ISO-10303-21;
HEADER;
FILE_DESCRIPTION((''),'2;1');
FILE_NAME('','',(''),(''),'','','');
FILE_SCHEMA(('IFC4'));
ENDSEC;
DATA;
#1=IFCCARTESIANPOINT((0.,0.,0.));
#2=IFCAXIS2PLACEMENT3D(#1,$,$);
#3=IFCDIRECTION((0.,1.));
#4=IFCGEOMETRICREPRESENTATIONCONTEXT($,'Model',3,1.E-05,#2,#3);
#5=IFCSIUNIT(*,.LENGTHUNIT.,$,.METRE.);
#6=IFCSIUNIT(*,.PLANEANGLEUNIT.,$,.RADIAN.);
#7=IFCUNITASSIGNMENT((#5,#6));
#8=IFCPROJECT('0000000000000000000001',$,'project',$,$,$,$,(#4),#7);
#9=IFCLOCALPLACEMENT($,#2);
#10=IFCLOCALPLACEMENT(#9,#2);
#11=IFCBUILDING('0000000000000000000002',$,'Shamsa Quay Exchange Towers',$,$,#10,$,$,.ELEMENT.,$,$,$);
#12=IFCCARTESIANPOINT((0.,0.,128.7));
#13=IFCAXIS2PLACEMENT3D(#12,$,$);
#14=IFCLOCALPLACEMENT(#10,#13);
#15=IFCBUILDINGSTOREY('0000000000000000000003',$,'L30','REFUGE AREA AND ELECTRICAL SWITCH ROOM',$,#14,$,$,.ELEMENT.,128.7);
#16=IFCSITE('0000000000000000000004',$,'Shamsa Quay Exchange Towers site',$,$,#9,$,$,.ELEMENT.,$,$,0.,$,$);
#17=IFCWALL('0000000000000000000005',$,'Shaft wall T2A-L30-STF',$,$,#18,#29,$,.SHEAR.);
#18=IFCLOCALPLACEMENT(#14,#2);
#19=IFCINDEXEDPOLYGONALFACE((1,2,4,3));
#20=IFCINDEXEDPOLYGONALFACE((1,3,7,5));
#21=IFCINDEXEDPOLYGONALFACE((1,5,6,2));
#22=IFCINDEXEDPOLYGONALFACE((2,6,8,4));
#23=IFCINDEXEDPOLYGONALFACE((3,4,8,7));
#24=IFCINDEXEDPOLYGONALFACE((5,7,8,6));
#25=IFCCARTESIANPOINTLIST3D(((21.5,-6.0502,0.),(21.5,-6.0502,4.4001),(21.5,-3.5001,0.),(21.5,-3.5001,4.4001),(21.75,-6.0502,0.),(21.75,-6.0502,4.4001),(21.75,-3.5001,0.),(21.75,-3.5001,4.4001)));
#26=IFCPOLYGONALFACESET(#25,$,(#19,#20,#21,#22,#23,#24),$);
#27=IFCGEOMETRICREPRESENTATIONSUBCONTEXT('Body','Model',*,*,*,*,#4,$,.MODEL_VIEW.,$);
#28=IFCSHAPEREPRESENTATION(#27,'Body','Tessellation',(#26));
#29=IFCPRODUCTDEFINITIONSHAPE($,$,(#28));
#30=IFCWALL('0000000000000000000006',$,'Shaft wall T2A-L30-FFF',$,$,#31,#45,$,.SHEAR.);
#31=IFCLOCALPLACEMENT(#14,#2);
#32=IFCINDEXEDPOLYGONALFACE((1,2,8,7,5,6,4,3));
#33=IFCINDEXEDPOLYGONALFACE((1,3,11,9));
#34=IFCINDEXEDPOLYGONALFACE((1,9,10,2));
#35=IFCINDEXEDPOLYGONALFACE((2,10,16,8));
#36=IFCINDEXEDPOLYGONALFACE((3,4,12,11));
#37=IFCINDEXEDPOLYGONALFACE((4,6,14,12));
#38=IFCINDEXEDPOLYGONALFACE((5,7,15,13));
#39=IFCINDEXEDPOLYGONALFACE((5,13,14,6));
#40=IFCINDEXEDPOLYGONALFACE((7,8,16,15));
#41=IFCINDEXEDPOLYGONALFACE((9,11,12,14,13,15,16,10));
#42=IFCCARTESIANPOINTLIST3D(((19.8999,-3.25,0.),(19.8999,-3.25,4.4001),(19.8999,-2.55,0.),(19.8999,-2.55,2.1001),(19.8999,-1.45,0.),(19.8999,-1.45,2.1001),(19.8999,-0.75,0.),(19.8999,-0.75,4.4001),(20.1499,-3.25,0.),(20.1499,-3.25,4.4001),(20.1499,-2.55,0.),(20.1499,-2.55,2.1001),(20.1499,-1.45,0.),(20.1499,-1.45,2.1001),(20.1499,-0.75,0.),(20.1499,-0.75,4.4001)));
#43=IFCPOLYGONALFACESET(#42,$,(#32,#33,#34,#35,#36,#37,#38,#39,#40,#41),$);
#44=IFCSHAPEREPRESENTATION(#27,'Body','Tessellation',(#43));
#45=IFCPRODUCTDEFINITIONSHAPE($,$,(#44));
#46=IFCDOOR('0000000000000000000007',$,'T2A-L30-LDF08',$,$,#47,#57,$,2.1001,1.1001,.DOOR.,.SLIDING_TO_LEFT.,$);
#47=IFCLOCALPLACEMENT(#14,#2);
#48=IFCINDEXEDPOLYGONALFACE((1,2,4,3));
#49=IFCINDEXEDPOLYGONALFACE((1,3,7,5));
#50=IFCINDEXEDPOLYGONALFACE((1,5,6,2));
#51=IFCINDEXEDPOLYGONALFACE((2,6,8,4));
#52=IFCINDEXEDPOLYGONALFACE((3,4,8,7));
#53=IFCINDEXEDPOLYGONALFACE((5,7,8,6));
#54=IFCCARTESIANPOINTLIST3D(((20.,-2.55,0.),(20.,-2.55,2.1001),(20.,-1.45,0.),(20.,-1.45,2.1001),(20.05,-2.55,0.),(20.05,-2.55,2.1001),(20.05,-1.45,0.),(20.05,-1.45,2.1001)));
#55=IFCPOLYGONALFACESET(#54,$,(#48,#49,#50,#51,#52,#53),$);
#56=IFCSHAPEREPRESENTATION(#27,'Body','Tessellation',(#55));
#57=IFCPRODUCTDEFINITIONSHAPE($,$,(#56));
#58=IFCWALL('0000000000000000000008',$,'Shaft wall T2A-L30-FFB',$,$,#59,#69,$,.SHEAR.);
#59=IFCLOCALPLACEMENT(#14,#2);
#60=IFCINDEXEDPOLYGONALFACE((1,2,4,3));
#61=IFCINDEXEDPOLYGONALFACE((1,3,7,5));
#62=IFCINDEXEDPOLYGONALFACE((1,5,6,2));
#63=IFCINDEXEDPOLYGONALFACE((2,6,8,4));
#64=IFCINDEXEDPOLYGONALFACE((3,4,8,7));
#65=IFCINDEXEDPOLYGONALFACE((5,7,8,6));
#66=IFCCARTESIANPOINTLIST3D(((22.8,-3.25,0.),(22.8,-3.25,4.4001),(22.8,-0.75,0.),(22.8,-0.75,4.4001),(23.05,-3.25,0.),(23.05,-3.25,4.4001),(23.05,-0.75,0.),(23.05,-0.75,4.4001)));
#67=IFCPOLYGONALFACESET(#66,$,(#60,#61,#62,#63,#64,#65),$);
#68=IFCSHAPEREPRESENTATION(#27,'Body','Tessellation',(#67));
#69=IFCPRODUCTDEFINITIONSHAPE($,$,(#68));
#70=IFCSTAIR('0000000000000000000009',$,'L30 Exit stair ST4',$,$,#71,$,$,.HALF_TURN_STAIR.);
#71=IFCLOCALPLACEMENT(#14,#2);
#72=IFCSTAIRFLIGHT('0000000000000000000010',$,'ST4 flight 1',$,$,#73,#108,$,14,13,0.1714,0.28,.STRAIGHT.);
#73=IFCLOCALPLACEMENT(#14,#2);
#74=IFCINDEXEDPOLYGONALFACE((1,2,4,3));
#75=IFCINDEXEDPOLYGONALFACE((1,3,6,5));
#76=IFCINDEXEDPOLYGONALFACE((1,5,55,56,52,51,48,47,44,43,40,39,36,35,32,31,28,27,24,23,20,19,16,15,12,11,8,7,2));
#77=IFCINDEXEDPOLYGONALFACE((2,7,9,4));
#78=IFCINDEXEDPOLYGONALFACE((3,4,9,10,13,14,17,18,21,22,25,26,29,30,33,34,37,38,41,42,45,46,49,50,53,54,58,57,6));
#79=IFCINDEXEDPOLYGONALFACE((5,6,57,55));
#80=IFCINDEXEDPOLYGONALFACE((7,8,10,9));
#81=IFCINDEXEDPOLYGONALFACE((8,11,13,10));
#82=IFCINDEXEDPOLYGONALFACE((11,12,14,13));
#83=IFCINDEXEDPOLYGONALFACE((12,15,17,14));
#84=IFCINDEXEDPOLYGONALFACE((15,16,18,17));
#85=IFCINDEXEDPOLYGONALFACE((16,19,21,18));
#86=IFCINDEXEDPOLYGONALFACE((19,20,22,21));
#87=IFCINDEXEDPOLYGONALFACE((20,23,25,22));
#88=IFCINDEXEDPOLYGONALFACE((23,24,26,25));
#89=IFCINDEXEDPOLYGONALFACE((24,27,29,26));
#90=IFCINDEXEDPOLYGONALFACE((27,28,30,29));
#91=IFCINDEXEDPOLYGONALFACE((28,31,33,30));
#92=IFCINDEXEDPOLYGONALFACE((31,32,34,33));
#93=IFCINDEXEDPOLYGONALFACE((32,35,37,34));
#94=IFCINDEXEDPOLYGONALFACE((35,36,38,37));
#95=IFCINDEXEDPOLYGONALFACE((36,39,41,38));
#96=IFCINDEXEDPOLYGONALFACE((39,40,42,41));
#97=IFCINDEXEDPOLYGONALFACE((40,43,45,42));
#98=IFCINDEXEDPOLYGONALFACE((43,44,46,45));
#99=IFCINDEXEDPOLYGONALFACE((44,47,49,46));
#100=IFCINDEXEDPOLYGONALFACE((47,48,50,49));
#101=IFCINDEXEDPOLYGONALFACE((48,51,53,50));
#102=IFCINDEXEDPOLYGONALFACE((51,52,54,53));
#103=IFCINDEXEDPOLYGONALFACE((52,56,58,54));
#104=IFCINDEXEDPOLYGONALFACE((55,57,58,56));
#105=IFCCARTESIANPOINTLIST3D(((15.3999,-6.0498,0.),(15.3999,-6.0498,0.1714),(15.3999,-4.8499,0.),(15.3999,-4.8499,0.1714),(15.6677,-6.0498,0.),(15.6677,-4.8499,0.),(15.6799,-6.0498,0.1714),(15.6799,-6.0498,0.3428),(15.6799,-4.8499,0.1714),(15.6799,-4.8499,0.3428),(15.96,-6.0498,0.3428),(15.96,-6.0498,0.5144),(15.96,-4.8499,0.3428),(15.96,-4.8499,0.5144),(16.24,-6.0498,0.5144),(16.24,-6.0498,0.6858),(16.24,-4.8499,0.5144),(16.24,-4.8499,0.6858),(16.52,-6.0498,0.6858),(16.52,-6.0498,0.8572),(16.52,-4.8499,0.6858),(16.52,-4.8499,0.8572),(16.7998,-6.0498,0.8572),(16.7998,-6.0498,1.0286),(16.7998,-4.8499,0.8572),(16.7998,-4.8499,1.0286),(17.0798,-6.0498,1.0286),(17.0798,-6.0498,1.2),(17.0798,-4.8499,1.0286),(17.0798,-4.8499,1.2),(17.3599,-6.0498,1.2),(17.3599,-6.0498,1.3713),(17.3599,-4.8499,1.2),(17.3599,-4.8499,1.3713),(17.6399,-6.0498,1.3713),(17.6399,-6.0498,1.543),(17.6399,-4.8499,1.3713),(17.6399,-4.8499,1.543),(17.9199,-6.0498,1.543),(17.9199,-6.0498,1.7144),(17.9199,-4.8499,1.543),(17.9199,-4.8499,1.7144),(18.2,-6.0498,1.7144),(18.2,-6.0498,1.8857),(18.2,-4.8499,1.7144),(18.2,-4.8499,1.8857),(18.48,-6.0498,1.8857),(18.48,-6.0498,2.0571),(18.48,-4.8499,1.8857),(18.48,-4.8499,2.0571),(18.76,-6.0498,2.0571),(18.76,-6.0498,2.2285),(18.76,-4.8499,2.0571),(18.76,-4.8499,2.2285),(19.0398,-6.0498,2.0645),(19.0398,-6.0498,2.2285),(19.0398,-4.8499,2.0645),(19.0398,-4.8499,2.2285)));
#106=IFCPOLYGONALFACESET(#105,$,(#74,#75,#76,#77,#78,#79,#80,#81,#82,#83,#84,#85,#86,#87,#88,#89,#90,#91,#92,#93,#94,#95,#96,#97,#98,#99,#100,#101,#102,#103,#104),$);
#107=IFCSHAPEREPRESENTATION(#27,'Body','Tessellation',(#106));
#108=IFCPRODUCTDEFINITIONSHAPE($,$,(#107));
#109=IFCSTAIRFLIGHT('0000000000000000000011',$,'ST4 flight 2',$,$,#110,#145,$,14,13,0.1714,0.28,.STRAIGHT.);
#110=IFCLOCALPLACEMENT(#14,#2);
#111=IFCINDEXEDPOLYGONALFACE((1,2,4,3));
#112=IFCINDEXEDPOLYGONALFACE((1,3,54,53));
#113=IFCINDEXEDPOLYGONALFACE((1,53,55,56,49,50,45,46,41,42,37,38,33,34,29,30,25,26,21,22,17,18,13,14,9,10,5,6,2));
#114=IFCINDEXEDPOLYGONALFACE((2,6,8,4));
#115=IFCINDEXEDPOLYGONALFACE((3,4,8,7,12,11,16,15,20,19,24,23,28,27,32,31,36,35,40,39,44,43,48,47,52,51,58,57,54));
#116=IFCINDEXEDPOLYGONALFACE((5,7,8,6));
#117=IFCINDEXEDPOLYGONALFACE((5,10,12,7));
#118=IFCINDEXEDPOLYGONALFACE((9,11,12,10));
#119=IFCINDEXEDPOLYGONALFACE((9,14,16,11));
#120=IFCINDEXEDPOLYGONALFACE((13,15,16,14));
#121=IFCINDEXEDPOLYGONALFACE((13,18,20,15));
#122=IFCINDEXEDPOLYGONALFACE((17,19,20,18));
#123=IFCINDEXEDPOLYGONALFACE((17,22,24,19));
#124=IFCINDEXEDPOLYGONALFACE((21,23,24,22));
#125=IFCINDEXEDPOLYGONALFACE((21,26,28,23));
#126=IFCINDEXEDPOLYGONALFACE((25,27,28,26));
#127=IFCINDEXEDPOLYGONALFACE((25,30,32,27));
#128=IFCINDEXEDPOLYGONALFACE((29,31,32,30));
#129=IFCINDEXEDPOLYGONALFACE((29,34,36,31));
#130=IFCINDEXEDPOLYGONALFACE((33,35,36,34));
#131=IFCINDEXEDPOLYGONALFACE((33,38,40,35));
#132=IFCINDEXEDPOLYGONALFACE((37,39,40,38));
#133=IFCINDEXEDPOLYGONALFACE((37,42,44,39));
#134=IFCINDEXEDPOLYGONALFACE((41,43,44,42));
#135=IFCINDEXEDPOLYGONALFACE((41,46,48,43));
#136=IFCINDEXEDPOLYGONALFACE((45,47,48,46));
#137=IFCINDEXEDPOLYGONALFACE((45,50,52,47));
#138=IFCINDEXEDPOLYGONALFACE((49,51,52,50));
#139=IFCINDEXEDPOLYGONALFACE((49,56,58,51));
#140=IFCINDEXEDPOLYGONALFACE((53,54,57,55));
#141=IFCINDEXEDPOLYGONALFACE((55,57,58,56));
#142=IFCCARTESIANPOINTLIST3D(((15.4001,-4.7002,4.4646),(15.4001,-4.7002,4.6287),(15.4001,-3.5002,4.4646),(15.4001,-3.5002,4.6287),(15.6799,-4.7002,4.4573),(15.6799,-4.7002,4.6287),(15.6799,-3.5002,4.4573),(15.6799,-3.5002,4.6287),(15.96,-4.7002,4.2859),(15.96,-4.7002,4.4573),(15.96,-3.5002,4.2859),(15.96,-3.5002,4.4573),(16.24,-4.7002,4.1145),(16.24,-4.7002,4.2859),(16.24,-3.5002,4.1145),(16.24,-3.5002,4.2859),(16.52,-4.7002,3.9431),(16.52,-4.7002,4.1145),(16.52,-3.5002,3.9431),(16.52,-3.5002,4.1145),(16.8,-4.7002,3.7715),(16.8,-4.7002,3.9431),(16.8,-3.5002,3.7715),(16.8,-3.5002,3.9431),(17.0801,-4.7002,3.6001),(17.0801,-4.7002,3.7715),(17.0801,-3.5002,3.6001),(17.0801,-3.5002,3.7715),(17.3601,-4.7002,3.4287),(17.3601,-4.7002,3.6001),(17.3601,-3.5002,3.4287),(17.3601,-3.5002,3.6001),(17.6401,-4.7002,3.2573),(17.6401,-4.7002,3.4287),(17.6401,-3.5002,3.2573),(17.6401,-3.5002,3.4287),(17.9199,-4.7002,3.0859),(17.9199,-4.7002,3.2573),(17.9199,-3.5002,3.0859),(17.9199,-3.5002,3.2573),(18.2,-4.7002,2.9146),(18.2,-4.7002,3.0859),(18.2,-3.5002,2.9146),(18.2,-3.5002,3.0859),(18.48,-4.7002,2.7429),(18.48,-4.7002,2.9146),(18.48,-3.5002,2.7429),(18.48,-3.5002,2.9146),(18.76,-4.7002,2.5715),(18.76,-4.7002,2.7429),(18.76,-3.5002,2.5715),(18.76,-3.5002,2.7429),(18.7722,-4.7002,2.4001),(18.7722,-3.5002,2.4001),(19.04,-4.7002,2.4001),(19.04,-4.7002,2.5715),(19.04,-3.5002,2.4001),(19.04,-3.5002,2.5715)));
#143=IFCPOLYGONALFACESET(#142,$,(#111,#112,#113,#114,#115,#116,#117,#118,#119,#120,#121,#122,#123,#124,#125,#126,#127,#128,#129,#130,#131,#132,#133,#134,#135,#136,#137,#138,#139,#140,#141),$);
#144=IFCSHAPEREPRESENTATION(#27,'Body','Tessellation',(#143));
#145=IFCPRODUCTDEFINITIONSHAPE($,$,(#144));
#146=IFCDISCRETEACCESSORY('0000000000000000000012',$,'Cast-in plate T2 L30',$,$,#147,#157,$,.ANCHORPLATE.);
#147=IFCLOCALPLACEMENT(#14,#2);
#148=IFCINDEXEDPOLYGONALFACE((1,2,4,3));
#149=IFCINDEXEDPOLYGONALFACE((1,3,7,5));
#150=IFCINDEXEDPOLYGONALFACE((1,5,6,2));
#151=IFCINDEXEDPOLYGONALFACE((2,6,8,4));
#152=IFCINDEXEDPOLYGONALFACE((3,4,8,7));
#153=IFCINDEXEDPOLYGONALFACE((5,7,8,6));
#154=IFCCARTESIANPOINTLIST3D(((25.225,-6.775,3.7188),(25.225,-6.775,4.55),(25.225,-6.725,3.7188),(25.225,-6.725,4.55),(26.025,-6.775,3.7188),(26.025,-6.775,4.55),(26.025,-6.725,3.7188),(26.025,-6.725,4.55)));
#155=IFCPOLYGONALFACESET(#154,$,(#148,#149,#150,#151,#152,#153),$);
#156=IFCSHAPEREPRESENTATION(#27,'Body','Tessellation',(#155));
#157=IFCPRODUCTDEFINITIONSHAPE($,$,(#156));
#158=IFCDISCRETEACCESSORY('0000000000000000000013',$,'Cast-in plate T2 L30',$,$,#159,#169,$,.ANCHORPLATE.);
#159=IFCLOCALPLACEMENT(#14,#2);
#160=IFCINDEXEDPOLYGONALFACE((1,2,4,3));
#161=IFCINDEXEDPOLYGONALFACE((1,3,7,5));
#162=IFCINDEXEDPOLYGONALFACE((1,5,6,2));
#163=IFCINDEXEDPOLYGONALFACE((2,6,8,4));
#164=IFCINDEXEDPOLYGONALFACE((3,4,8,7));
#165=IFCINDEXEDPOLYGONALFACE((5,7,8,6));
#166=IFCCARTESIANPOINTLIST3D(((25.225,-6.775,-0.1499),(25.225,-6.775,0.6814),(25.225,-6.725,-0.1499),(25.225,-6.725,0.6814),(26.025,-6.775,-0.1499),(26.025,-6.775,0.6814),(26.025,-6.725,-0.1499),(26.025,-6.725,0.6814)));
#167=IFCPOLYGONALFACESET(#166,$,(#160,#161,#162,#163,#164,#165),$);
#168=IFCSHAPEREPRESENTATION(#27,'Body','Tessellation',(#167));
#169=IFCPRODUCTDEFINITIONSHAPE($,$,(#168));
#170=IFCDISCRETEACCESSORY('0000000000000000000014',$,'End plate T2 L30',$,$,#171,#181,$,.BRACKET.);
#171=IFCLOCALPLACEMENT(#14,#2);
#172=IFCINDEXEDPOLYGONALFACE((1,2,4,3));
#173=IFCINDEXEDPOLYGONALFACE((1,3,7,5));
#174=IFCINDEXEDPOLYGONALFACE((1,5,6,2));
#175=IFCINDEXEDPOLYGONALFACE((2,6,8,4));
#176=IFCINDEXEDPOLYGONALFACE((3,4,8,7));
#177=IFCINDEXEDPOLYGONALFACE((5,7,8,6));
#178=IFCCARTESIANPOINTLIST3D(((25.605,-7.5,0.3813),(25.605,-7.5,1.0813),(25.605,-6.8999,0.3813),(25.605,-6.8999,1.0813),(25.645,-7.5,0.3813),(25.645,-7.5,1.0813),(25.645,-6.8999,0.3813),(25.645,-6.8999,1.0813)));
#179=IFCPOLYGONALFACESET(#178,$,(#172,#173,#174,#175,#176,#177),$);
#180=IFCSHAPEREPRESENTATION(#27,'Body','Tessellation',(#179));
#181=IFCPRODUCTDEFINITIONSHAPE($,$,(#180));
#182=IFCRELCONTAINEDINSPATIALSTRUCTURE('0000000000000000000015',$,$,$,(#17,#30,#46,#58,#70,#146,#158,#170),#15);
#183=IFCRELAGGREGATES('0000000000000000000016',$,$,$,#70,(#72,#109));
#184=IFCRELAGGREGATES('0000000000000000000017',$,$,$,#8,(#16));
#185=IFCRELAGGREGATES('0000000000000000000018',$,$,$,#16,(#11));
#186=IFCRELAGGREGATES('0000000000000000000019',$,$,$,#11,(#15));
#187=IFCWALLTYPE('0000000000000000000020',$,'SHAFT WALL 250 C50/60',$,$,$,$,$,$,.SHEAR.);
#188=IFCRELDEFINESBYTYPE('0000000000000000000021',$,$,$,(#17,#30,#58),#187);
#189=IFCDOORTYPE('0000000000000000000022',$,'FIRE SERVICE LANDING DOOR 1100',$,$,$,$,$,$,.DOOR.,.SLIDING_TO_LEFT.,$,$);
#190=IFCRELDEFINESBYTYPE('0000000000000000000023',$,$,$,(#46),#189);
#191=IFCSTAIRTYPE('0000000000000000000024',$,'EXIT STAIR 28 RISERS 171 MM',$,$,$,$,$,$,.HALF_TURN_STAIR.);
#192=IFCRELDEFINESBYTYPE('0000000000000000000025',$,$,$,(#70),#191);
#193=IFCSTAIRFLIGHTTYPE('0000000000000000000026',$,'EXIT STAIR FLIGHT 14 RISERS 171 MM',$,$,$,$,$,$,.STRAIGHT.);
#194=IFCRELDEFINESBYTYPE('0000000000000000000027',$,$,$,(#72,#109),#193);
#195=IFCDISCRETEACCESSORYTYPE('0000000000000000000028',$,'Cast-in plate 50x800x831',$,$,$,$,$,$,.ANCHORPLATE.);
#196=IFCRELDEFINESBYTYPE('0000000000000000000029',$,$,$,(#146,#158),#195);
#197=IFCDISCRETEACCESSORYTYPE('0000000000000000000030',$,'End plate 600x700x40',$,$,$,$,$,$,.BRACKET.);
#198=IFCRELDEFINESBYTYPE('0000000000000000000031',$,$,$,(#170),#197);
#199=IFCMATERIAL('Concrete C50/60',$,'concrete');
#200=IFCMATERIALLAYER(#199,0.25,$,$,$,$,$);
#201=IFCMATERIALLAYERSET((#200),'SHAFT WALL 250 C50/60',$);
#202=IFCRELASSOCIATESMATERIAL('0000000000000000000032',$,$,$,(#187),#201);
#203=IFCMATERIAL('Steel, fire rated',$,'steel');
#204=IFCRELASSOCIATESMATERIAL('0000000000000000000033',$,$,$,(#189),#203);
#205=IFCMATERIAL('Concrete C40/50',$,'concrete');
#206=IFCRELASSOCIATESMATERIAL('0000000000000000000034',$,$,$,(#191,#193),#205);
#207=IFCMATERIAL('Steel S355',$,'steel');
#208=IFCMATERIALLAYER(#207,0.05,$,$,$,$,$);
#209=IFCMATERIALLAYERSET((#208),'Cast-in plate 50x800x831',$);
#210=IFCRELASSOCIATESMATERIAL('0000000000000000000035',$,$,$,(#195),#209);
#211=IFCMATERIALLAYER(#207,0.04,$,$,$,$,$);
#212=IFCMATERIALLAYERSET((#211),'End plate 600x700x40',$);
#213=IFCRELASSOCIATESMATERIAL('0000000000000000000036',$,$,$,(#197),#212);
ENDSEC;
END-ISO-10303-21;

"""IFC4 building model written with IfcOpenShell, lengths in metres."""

from ifc_helpers import new_model, si_unit, direction, frame, frame_2d, origin, origin_2d, place, context, subcontext, project, spatial, polyline, rectangle, outline, extrude, material, layer, layer_set, type_object, element, fill, aggregate, save


model = new_model("IFC4")

# Units and contexts
model_context = context("Model", 3, precision=1e-05, world=origin(), true_north=direction((0.0, 1.0)))
body_context = subcontext(model_context, "Body", "Model", "MODEL_VIEW")
ifc_project = project(units=[si_unit("LENGTHUNIT", "METRE"), si_unit("PLANEANGLEUNIT", "RADIAN")], contexts=[model_context])

# Site, building, storey
site_placement = place(None, origin())
site = spatial("IfcSite", under=ifc_project, at=site_placement, Name="Shamsa Quay Exchange Towers site", CompositionType="ELEMENT", RefElevation=0.0)
building_placement = place(site_placement, origin())
building = spatial("IfcBuilding", under=site, at=building_placement, Name="Shamsa Quay Exchange Towers", CompositionType="ELEMENT")
storey_placement = place(building_placement, frame((0.0, 0.0, 128.7)))
storey = spatial("IfcBuildingStorey", under=building, at=storey_placement, Name="L30", Description="REFUGE AREA AND ELECTRICAL SWITCH ROOM", CompositionType="ELEMENT", Elevation=128.7)

# Shared definitions
ifc_material_1 = material(Name="Steel S355", Category="steel")

# Shared definitions
ifc_material_2 = material(Name="Concrete C50/60", Category="concrete")
ifc_layer_1 = layer(ifc_material_2, 0.25)
ifc_layer_set_1 = layer_set([ifc_layer_1], Name="SHAFT WALL 250 C50/60")
wall_type = type_object("IfcWallType", Name="SHAFT WALL 250 C50/60", PredefinedType="SHEAR", material=ifc_layer_set_1)
ifc_material_3 = material(Name="Steel, fire rated", Category="steel")

# Wall
wall_1_placement = place(storey_placement, frame((21.625, -6.05, 0.0), z_axis=(0.0, 0.0, 1.0), x_axis=(0.0, 1.0, 0.0)))
element("IfcWall", 1, at=wall_1_placement, inside=storey, type_object=wall_type, Name="Shaft wall T2A-L30-STF", PredefinedType="SHEAR", context=body_context, shape_type="SweptSolid", body=[
    extrude(rectangle(XDim=2.55, YDim=0.25, at=frame_2d((1.2749, 0.0))), origin(), (0.0, 0.0, 1.0), 4.4001),
])

# Wall, opening, door
wall_2_placement = place(storey_placement, frame((20.0249, -3.25, 0.0), z_axis=(0.0, 0.0, 1.0), x_axis=(0.0, 1.0, 0.0)))
wall_2 = element("IfcWall", 2, at=wall_2_placement, inside=storey, type_object=wall_type, Name="Shaft wall T2A-L30-FFF", PredefinedType="SHEAR", context=body_context, shape_type="SweptSolid", body=[
    extrude(rectangle(XDim=2.5, YDim=0.25, at=frame_2d((1.25, 0.0))), origin(), (0.0, 0.0, 1.0), 4.4001),
])
opening_1_placement = place(wall_2_placement, frame((0.7, 0.0, 0.0)))
opening_1 = element("IfcOpeningElement", 3, at=opening_1_placement, cuts=wall_2, PredefinedType="OPENING", context=body_context, shape_type="SweptSolid", body=[
    extrude(rectangle(XDim=1.1001, YDim=2.1001, at=frame_2d((0.55, 1.05))), frame((0.0, 0.135, 0.0), z_axis=(0.0, -1.0, 0.0), x_axis=(1.0, 0.0, 0.0)), (0.0, 0.0, 1.0), 0.27),
])
door_type_1 = type_object("IfcDoorType", Name="FIRE SERVICE LANDING DOOR 1100", OperationType="SLIDING_TO_LEFT", PredefinedType="DOOR", material=ifc_material_3)
door_1_placement = place(opening_1_placement, origin())
door_1 = element("IfcDoor", 4, at=door_1_placement, inside=storey, type_object=door_type_1, Name="T2A-L30-LDF08", OperationType="SLIDING_TO_LEFT", OverallHeight=2.1001, OverallWidth=1.1001, PredefinedType="DOOR", context=body_context, shape_type="SweptSolid", body=[
    extrude(rectangle(XDim=1.1001, YDim=2.1001, at=frame_2d((0.55, 1.05))), frame((0.0, 0.0249, 0.0), z_axis=(0.0, -1.0, 0.0), x_axis=(1.0, 0.0, 0.0)), (0.0, 0.0, 1.0), 0.05),
])
fill(opening_1, door_1)

# Wall
wall_3_placement = place(storey_placement, frame((22.925, -3.25, 0.0), z_axis=(0.0, 0.0, 1.0), x_axis=(0.0, 1.0, 0.0)))
element("IfcWall", 5, at=wall_3_placement, inside=storey, type_object=wall_type, Name="Shaft wall T2A-L30-FFB", PredefinedType="SHEAR", context=body_context, shape_type="SweptSolid", body=[
    extrude(rectangle(XDim=2.5, YDim=0.25, at=frame_2d((1.25, 0.0))), origin(), (0.0, 0.0, 1.0), 4.4001),
])

# Stair, stair flights
ifc_material_4 = material(Name="Concrete C40/50", Category="concrete")
stair_type = type_object("IfcStairType", Name="EXIT STAIR 28 RISERS 171 MM", PredefinedType="HALF_TURN_STAIR", material=ifc_material_4)
stair_placement = place(storey_placement, origin())
stair = element("IfcStair", 6, at=stair_placement, inside=storey, type_object=stair_type, Name="L30 Exit stair ST4", PredefinedType="HALF_TURN_STAIR")
stair_flight_type = type_object("IfcStairFlightType", Name="EXIT STAIR FLIGHT 14 RISERS 171 MM", PredefinedType="STRAIGHT", material=ifc_material_4)
stair_flight_1_placement = place(storey_placement, frame((15.3999, -5.45, 0.0)))
stair_flight_1 = element("IfcStairFlight", 7, at=stair_flight_1_placement, type_object=stair_flight_type, Name="ST4 flight 1", NumberOfRisers=14, NumberOfTreads=13, PredefinedType="STRAIGHT", RiserHeight=0.1714, TreadLength=0.28, context=body_context, shape_type="SweptSolid", body=[
    extrude(outline(polyline([(0.0, 0.0), (0.0, 0.1714), (0.28, 0.1714), (0.28, 0.3428), (0.5601, 0.3428), (0.5601, 0.5144), (0.8401, 0.5144), (0.8401, 0.6858), (1.1201, 0.6858), (1.1201, 0.8572), (1.3999, 0.8572), (1.3999, 1.0286), (1.6799, 1.0286), (1.6799, 1.2), (1.96, 1.2), (1.96, 1.3713), (2.24, 1.3713), (2.24, 1.543), (2.52, 1.543), (2.52, 1.7144), (2.8, 1.7144), (2.8, 1.8857), (3.0801, 1.8857), (3.0801, 2.0571), (3.3601, 2.0571), (3.3601, 2.2285), (3.6399, 2.2285), (3.6399, 2.3999), (3.6399, 2.0645), (0.2678, 0.0), (0.0, 0.0)])), frame((0.0, 0.6001, 0.0), z_axis=(0.0, -1.0, 0.0), x_axis=(1.0, 0.0, 0.0)), (0.0, 0.0, 1.0), 1.2),
])
stair_flight_2_placement = place(storey_placement, frame((19.04, -4.1001, 2.4001), z_axis=(0.0, 0.0, 1.0), x_axis=(-1.0, 0.0, 0.0)))
stair_flight_2 = element("IfcStairFlight", 8, at=stair_flight_2_placement, type_object=stair_flight_type, Name="ST4 flight 2", NumberOfRisers=14, NumberOfTreads=13, PredefinedType="STRAIGHT", RiserHeight=0.1714, TreadLength=0.28, context=body_context, shape_type="SweptSolid", body=[
    extrude(outline(polyline([(0.0, 0.0), (0.0, 0.1714), (0.28, 0.1714), (0.28, 0.3428), (0.5601, 0.3428), (0.5601, 0.5144), (0.8401, 0.5144), (0.8401, 0.6858), (1.1201, 0.6858), (1.1201, 0.8572), (1.3999, 0.8572), (1.3999, 1.0286), (1.6799, 1.0286), (1.6799, 1.2), (1.96, 1.2), (1.96, 1.3713), (2.24, 1.3713), (2.24, 1.543), (2.52, 1.543), (2.52, 1.7144), (2.8, 1.7144), (2.8, 1.8857), (3.0801, 1.8857), (3.0801, 2.0571), (3.3601, 2.0571), (3.3601, 2.2285), (3.6399, 2.2285), (3.6399, 2.3999), (3.6399, 2.0645), (0.2678, 0.0), (0.0, 0.0)])), frame((0.0, 0.6001, 0.0), z_axis=(0.0, -1.0, 0.0), x_axis=(1.0, 0.0, 0.0)), (0.0, 0.0, 1.0), 1.2),
])
aggregate(stair, [stair_flight_1, stair_flight_2])

# Discrete accessories
ifc_layer_2 = layer(ifc_material_1, 0.05)
ifc_layer_set_2 = layer_set([ifc_layer_2], Name="Cast-in plate 50x800x831")
discrete_accessory_type_1 = type_object("IfcDiscreteAccessoryType", Name="Cast-in plate 50x800x831", PredefinedType="ANCHORPLATE", material=ifc_layer_set_2)
for number, where, z_axis, x_axis, name in (
    (9, (25.625, -6.75, 3.7188), (0.0, 0.0, 1.0), (0.0, 1.0, 0.0), "Cast-in plate T2 L30"),
    (10, (25.625, -6.75, -0.1499), (0.0, 0.0, 1.0), (0.0, 1.0, 0.0), "Cast-in plate T2 L30"),
):
    element("IfcDiscreteAccessory", number, at=place(storey_placement, frame(where, z_axis=z_axis, x_axis=x_axis)), inside=storey, type_object=discrete_accessory_type_1, Name=name, PredefinedType="ANCHORPLATE", context=body_context, shape_type="SweptSolid", body=[
        extrude(rectangle(XDim=0.05, YDim=0.8, at=origin_2d()), origin(), (0.0, 0.0, 1.0), 0.8313),
    ])
ifc_layer_3 = layer(ifc_material_1, 0.04)
ifc_layer_set_3 = layer_set([ifc_layer_3], Name="End plate 600x700x40")
discrete_accessory_type_2 = type_object("IfcDiscreteAccessoryType", Name="End plate 600x700x40", PredefinedType="BRACKET", material=ifc_layer_set_3)
for number, where, z_axis, x_axis, name in (
    (11, (25.625, -7.2, 0.3813), (0.0, 0.0, 1.0), (0.0, 1.0, 0.0), "End plate T2 L30"),
):
    element("IfcDiscreteAccessory", number, at=place(storey_placement, frame(where, z_axis=z_axis, x_axis=x_axis)), inside=storey, type_object=discrete_accessory_type_2, Name=name, PredefinedType="BRACKET", context=body_context, shape_type="SweptSolid", body=[
        extrude(rectangle(XDim=0.6001, YDim=0.04, at=origin_2d()), origin(), (0.0, 0.0, 1.0), 0.7),
    ])

save(model, "model.ifc")
